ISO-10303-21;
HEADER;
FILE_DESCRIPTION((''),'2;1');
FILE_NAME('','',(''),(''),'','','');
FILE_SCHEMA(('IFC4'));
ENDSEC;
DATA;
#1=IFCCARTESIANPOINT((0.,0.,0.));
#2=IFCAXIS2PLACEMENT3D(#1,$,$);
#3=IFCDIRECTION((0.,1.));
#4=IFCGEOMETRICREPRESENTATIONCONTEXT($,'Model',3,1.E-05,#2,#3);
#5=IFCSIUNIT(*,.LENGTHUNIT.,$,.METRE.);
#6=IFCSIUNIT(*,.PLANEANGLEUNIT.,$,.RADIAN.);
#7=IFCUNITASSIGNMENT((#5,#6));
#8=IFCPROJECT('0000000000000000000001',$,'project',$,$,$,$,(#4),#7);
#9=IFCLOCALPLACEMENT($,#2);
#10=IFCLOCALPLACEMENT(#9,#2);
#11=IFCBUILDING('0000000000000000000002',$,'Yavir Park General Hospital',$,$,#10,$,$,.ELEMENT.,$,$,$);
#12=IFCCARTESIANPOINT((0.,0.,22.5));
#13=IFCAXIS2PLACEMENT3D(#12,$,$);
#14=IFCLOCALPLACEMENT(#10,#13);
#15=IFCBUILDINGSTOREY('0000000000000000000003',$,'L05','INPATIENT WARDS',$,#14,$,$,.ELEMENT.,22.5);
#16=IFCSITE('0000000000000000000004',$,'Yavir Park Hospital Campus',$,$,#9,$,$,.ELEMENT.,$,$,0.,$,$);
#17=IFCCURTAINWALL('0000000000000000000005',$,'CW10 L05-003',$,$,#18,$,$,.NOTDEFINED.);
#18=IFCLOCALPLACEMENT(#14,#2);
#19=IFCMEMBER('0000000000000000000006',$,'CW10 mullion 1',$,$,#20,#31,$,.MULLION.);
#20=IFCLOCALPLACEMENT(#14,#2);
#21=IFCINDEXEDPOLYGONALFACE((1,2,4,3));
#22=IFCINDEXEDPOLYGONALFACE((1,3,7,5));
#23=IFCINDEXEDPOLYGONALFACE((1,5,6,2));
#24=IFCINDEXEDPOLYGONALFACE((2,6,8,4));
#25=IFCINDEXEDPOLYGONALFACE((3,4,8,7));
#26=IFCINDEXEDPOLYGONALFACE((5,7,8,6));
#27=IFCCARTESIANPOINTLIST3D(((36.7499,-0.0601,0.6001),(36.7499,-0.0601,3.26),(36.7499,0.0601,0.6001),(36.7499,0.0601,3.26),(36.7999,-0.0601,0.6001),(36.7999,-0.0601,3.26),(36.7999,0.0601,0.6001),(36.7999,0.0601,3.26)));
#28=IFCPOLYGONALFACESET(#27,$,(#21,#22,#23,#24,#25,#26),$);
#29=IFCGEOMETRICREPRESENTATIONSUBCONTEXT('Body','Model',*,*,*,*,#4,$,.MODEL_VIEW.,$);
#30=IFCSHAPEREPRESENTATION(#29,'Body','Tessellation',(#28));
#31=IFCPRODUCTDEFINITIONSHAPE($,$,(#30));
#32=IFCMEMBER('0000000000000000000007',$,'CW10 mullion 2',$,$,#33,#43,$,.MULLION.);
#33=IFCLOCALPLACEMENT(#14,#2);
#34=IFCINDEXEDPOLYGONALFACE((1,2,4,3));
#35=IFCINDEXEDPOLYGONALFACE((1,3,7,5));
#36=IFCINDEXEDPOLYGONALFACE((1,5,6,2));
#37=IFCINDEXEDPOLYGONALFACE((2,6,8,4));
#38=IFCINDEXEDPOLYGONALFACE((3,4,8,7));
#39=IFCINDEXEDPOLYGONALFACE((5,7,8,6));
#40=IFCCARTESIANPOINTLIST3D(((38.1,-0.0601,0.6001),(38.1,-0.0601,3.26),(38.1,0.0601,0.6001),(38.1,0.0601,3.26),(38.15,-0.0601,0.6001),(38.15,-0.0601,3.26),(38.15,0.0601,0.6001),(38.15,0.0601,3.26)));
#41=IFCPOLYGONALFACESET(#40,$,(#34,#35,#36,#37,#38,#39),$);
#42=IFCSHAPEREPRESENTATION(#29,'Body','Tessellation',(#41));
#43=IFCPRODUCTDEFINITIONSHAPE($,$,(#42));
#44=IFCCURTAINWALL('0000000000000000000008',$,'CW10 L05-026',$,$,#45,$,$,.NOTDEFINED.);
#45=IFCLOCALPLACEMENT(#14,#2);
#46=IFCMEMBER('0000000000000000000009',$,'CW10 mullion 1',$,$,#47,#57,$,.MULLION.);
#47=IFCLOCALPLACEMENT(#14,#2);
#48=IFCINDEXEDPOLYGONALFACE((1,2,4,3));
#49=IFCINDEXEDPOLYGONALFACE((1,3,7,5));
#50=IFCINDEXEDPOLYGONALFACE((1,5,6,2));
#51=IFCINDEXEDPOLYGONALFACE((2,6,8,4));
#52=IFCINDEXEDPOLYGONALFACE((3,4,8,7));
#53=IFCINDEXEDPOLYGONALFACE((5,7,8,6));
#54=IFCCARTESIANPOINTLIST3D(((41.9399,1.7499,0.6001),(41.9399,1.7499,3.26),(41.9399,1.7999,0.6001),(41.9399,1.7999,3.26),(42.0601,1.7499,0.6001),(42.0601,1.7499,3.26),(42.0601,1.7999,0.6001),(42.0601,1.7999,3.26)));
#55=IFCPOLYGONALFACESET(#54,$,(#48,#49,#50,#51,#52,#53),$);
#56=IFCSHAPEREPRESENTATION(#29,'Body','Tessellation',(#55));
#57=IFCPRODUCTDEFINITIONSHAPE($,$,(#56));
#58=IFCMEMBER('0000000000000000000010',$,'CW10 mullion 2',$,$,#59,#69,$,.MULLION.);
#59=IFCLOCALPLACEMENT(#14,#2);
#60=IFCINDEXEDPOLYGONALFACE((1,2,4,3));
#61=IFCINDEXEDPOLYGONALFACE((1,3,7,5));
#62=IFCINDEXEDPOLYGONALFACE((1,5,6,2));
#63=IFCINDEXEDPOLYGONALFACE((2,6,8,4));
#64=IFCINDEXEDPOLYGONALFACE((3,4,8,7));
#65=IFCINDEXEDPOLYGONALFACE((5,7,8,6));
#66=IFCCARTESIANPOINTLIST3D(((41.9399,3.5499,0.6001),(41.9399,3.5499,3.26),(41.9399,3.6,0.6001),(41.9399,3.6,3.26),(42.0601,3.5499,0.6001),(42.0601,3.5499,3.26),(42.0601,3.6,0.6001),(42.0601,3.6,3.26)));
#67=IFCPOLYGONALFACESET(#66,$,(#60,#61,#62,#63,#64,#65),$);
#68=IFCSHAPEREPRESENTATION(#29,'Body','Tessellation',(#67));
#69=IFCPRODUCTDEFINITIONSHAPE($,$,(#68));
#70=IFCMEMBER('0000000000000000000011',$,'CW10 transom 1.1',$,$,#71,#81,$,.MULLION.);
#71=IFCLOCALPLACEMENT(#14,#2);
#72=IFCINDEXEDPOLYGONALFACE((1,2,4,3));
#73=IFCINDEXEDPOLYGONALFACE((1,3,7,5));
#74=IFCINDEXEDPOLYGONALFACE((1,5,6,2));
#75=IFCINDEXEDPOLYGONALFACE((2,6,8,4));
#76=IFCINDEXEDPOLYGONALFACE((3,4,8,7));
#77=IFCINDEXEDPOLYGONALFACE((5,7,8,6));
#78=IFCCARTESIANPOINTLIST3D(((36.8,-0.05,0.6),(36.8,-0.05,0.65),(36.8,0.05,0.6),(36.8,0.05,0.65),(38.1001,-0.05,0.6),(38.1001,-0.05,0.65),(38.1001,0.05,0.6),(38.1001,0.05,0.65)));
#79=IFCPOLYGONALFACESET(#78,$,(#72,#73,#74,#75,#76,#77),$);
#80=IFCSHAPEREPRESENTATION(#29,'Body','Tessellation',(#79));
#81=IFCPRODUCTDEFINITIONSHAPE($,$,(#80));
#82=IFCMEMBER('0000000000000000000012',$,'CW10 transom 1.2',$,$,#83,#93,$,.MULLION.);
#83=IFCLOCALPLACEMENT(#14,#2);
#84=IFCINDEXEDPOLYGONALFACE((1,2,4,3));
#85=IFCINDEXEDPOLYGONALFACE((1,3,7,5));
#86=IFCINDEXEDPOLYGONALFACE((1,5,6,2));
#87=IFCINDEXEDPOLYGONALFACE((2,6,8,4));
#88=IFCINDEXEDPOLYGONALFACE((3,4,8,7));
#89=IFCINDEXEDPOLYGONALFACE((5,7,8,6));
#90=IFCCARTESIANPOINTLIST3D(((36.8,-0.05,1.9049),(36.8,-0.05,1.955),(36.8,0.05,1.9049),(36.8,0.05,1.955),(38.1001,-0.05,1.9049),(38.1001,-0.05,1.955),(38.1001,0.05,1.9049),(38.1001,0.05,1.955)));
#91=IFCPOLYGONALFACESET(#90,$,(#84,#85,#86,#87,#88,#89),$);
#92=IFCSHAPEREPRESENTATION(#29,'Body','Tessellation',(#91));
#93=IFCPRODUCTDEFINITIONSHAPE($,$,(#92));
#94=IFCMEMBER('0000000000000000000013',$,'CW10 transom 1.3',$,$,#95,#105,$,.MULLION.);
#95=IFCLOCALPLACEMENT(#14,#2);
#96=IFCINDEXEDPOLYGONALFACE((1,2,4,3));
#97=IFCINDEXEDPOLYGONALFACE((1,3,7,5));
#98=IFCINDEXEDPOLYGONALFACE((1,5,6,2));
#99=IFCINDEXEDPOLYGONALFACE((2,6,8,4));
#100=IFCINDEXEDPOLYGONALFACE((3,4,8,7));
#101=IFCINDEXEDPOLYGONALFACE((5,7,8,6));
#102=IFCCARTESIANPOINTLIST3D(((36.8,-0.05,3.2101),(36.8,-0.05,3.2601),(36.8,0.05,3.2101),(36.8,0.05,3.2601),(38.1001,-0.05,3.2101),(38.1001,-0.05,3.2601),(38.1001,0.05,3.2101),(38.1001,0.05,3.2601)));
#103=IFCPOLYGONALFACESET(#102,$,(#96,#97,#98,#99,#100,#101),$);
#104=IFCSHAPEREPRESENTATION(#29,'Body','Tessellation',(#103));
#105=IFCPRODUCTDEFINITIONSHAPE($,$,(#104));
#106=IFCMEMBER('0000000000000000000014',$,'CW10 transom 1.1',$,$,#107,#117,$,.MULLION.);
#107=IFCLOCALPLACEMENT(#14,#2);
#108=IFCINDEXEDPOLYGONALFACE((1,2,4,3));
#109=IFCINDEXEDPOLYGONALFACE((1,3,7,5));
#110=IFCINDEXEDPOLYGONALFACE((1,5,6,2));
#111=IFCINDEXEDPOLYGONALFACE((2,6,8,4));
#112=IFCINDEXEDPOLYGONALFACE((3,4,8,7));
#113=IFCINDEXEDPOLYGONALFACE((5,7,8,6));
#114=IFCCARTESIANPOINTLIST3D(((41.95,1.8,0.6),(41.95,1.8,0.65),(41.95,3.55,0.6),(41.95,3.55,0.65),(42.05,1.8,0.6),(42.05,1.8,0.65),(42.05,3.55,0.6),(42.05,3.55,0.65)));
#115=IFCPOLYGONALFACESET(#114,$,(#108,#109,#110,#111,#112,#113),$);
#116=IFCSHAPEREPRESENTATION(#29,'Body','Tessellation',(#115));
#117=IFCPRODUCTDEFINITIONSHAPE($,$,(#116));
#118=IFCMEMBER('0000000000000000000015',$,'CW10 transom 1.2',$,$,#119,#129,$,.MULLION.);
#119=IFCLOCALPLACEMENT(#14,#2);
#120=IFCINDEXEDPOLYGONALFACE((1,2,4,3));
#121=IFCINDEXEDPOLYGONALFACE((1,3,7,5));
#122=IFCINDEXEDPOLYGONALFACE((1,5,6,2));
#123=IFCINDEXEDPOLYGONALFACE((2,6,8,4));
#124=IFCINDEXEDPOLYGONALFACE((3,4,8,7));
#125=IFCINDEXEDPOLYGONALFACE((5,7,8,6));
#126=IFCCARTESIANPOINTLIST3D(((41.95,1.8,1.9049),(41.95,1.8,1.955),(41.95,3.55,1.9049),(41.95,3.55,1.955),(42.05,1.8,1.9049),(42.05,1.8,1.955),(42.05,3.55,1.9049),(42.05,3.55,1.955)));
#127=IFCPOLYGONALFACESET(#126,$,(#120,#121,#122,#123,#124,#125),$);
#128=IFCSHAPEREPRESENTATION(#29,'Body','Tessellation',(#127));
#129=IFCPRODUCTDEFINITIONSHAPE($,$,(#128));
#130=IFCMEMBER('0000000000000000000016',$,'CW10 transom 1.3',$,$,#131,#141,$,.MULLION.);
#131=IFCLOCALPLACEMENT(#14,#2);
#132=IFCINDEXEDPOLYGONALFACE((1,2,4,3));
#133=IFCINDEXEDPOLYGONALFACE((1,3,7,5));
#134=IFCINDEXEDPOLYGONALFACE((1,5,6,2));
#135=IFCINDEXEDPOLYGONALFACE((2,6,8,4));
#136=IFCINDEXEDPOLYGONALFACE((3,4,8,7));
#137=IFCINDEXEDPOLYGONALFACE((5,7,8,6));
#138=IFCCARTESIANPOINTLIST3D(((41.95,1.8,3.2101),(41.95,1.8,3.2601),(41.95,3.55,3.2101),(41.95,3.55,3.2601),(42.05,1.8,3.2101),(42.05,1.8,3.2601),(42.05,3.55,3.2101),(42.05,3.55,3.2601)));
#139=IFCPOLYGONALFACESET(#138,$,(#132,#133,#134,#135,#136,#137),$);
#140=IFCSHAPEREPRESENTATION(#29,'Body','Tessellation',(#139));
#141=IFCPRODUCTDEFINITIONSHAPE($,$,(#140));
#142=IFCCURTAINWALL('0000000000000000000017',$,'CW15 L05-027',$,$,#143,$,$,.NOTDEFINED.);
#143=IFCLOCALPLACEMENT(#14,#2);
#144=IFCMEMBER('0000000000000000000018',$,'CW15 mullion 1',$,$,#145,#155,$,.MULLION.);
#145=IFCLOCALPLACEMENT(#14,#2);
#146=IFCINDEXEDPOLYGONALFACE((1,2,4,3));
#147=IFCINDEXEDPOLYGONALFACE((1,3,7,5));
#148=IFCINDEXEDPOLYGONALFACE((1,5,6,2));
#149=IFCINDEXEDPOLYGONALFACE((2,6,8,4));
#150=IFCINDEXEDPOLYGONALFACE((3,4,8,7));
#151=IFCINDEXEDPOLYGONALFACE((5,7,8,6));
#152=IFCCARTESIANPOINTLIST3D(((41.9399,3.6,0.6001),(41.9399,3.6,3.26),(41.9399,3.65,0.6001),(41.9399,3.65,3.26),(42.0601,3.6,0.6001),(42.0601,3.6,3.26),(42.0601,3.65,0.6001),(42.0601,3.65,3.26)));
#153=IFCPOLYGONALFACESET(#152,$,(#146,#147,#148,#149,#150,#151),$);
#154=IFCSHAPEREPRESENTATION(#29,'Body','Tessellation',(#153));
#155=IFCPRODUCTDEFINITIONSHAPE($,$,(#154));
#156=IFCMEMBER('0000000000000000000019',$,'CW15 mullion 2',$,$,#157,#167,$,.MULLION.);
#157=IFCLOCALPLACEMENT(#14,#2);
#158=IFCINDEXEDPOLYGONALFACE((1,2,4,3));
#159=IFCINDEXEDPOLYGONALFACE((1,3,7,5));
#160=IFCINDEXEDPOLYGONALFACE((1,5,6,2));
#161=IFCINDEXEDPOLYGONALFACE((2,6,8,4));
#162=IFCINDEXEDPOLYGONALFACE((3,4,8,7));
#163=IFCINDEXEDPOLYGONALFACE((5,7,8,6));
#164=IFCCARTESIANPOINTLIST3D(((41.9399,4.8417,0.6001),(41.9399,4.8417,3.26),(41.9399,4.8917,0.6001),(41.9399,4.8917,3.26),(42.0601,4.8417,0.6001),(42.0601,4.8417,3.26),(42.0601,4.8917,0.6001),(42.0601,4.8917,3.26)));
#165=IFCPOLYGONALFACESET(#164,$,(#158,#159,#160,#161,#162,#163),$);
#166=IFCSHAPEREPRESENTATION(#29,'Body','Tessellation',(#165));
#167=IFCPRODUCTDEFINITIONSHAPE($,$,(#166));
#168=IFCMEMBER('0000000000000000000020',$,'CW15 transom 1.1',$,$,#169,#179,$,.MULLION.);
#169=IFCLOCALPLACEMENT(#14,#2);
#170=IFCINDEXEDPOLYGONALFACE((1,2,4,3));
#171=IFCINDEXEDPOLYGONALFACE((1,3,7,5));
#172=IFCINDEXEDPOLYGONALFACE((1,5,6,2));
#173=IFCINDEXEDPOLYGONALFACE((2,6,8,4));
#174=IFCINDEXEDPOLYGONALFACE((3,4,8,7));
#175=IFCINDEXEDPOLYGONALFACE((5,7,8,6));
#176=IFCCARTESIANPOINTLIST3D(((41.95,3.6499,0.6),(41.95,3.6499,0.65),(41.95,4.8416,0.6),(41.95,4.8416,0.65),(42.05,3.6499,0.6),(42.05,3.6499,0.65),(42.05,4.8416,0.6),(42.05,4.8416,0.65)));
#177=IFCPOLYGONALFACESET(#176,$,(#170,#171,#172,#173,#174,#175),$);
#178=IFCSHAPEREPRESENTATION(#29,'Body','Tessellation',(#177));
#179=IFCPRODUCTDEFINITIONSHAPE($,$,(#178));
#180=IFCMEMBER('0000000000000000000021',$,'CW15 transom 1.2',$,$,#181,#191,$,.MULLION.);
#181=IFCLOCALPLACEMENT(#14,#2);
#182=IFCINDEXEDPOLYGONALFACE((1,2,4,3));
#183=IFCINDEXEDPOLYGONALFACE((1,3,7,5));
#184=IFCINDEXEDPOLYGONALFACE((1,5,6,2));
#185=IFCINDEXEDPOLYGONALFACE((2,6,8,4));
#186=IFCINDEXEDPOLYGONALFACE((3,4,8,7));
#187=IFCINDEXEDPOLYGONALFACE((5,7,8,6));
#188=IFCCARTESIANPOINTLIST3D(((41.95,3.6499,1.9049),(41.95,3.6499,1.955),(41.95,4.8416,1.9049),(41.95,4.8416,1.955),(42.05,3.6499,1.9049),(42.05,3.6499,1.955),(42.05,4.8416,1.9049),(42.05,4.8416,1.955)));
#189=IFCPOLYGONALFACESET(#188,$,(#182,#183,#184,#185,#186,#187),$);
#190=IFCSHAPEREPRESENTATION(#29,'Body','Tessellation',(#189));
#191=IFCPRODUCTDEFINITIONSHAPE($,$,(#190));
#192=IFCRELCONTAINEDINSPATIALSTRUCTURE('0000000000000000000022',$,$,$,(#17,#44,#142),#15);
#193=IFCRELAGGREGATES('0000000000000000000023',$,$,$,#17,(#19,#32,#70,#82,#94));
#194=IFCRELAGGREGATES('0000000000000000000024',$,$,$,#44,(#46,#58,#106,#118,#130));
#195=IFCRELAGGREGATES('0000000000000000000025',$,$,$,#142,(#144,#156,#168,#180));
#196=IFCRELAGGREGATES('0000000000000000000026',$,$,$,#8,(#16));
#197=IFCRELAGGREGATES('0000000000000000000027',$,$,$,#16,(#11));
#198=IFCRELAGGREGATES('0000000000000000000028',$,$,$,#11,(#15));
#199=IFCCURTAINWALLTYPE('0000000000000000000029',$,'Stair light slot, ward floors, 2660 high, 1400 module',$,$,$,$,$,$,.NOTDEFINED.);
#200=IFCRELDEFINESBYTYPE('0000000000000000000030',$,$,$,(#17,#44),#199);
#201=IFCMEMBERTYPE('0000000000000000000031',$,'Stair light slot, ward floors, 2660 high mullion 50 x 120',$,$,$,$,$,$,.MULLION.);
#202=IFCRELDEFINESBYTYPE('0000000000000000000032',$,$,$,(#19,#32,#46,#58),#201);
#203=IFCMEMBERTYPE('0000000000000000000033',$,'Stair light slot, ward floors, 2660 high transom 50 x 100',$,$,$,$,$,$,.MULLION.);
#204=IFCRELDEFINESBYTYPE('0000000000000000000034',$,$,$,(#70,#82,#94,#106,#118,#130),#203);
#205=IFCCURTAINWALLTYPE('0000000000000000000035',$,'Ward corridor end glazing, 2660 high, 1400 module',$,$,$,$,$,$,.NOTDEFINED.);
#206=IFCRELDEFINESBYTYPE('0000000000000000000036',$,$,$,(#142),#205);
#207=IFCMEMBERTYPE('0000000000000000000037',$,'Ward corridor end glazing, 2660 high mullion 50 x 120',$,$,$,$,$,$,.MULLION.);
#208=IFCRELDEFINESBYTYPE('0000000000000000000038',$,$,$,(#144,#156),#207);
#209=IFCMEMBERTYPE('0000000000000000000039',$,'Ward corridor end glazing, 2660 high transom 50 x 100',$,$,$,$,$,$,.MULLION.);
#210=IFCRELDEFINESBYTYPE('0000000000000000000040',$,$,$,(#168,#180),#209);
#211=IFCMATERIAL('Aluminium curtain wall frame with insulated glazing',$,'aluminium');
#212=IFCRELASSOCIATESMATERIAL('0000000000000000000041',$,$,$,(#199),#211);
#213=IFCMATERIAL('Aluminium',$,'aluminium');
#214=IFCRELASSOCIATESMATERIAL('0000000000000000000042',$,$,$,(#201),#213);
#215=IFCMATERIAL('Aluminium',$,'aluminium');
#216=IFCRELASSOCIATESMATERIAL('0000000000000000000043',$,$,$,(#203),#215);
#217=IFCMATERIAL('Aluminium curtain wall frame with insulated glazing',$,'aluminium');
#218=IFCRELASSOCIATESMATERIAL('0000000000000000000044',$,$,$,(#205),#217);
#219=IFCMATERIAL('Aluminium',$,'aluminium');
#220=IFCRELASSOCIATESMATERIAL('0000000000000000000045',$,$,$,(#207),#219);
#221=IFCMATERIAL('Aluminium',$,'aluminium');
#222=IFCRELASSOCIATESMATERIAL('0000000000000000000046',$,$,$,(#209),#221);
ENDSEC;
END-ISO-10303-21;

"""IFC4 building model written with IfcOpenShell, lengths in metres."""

from ifc_helpers import new_model, si_unit, direction, frame, origin, origin_2d, place, context, subcontext, project, spatial, rectangle, extrude, material, material_profile, profile_set, type_object, element, aggregate, save


model = new_model("IFC4")

# Units and contexts
model_context = context("Model", 3, precision=1e-05, world=origin(), true_north=direction((0.0, 1.0)))
body_context = subcontext(model_context, "Body", "Model", "MODEL_VIEW")
ifc_project = project(units=[si_unit("LENGTHUNIT", "METRE"), si_unit("PLANEANGLEUNIT", "RADIAN")], contexts=[model_context])

# Site, building, storey
site_placement = place(None, origin())
site = spatial("IfcSite", under=ifc_project, at=site_placement, Name="Yavir Park Hospital Campus", CompositionType="ELEMENT", RefElevation=0.0)
building_placement = place(site_placement, origin())
building = spatial("IfcBuilding", under=site, at=building_placement, Name="Yavir Park General Hospital", CompositionType="ELEMENT")
storey_placement = place(building_placement, frame((0.0, 0.0, 22.5)))
storey = spatial("IfcBuildingStorey", under=building, at=storey_placement, Name="L05", Description="INPATIENT WARDS", CompositionType="ELEMENT", Elevation=22.5)

# Curtain walls, members
ifc_material_1 = material(Name="Aluminium curtain wall frame with insulated glazing", Category="aluminium")
curtain_wall_type_1 = type_object("IfcCurtainWallType", Name="Stair light slot, ward floors, 2660 high, 1400 module", PredefinedType="NOTDEFINED", material=ifc_material_1)
curtain_wall_1_placement = place(storey_placement, origin())
curtain_wall_1 = element("IfcCurtainWall", 1, at=curtain_wall_1_placement, inside=storey, type_object=curtain_wall_type_1, Name="CW10 L05-003", PredefinedType="NOTDEFINED")
ifc_material_2 = material(Name="Aluminium", Category="aluminium")
ifc_material_profile_1 = material_profile(ifc_material_2, rectangle(XDim=0.1201, YDim=0.05, at=origin_2d()), Name="AL 50x120")
ifc_profile_set_1 = profile_set([ifc_material_profile_1], Name="Aluminium")
member_type_1 = type_object("IfcMemberType", Name="Stair light slot, ward floors, 2660 high mullion 50 x 120", PredefinedType="MULLION", material=ifc_profile_set_1)
member_1_placement = place(storey_placement, frame((36.7749, 0.0, 0.6001), z_axis=(0.0, 0.0, 1.0), x_axis=(0.0, 1.0, 0.0)))
member_1 = element("IfcMember", 2, at=member_1_placement, type_object=member_type_1, Name="CW10 mullion 1", PredefinedType="MULLION", context=body_context, shape_type="SweptSolid", body=[
    extrude(rectangle(XDim=0.1201, YDim=0.05, at=origin_2d()), origin(), (0.0, 0.0, 1.0), 2.6599),
])
member_2_placement = place(storey_placement, frame((38.125, 0.0, 0.6001), z_axis=(0.0, 0.0, 1.0), x_axis=(0.0, 1.0, 0.0)))
member_2 = element("IfcMember", 3, at=member_2_placement, type_object=member_type_1, Name="CW10 mullion 2", PredefinedType="MULLION", context=body_context, shape_type="SweptSolid", body=[
    extrude(rectangle(XDim=0.1201, YDim=0.05, at=origin_2d()), origin(), (0.0, 0.0, 1.0), 2.6599),
])
curtain_wall_2_placement = place(storey_placement, origin())
curtain_wall_2 = element("IfcCurtainWall", 4, at=curtain_wall_2_placement, inside=storey, type_object=curtain_wall_type_1, Name="CW10 L05-026", PredefinedType="NOTDEFINED")
member_3_placement = place(storey_placement, frame((42.0, 1.7749, 0.6001), z_axis=(0.0, 0.0, 1.0), x_axis=(-1.0, 0.0, 0.0)))
member_3 = element("IfcMember", 5, at=member_3_placement, type_object=member_type_1, Name="CW10 mullion 1", PredefinedType="MULLION", context=body_context, shape_type="SweptSolid", body=[
    extrude(rectangle(XDim=0.1201, YDim=0.05, at=origin_2d()), origin(), (0.0, 0.0, 1.0), 2.6599),
])
member_4_placement = place(storey_placement, frame((42.0, 3.575, 0.6001), z_axis=(0.0, 0.0, 1.0), x_axis=(-1.0, 0.0, 0.0)))
member_4 = element("IfcMember", 6, at=member_4_placement, type_object=member_type_1, Name="CW10 mullion 2", PredefinedType="MULLION", context=body_context, shape_type="SweptSolid", body=[
    extrude(rectangle(XDim=0.1201, YDim=0.05, at=origin_2d()), origin(), (0.0, 0.0, 1.0), 2.6599),
])

# Members
ifc_material_3 = material(Name="Aluminium", Category="aluminium")
ifc_material_profile_2 = material_profile(ifc_material_3, rectangle(XDim=0.1001, YDim=0.05, at=origin_2d()), Name="AL 100x50")
ifc_profile_set_2 = profile_set([ifc_material_profile_2], Name="Aluminium")
member_type_2 = type_object("IfcMemberType", Name="Stair light slot, ward floors, 2660 high transom 50 x 100", PredefinedType="MULLION", material=ifc_profile_set_2)
member_5_placement = place(storey_placement, frame((36.8, 0.0, 0.625), z_axis=(1.0, 0.0, 0.0), x_axis=(0.0, 1.0, 0.0)))
member_5 = element("IfcMember", 7, at=member_5_placement, type_object=member_type_2, Name="CW10 transom 1.1", PredefinedType="MULLION", context=body_context, shape_type="SweptSolid", body=[
    extrude(rectangle(XDim=0.1001, YDim=0.05, at=origin_2d()), origin(), (0.0, 0.0, 1.0), 1.3),
])
member_6_placement = place(storey_placement, frame((36.8, 0.0, 1.9299), z_axis=(1.0, 0.0, 0.0), x_axis=(0.0, 1.0, 0.0)))
member_6 = element("IfcMember", 8, at=member_6_placement, type_object=member_type_2, Name="CW10 transom 1.2", PredefinedType="MULLION", context=body_context, shape_type="SweptSolid", body=[
    extrude(rectangle(XDim=0.1001, YDim=0.05, at=origin_2d()), origin(), (0.0, 0.0, 1.0), 1.3),
])
member_7_placement = place(storey_placement, frame((36.8, 0.0, 3.2351), z_axis=(1.0, 0.0, 0.0), x_axis=(0.0, 1.0, 0.0)))
member_7 = element("IfcMember", 9, at=member_7_placement, type_object=member_type_2, Name="CW10 transom 1.3", PredefinedType="MULLION", context=body_context, shape_type="SweptSolid", body=[
    extrude(rectangle(XDim=0.1001, YDim=0.05, at=origin_2d()), origin(), (0.0, 0.0, 1.0), 1.3),
])
member_8_placement = place(storey_placement, frame((42.0, 1.8, 0.625), z_axis=(0.0, 1.0, 0.0), x_axis=(-1.0, 0.0, 0.0)))
member_8 = element("IfcMember", 10, at=member_8_placement, type_object=member_type_2, Name="CW10 transom 1.1", PredefinedType="MULLION", context=body_context, shape_type="SweptSolid", body=[
    extrude(rectangle(XDim=0.1001, YDim=0.05, at=origin_2d()), origin(), (0.0, 0.0, 1.0), 1.75),
])
member_9_placement = place(storey_placement, frame((42.0, 1.8, 1.9299), z_axis=(0.0, 1.0, 0.0), x_axis=(-1.0, 0.0, 0.0)))
member_9 = element("IfcMember", 11, at=member_9_placement, type_object=member_type_2, Name="CW10 transom 1.2", PredefinedType="MULLION", context=body_context, shape_type="SweptSolid", body=[
    extrude(rectangle(XDim=0.1001, YDim=0.05, at=origin_2d()), origin(), (0.0, 0.0, 1.0), 1.75),
])
member_10_placement = place(storey_placement, frame((42.0, 1.8, 3.2351), z_axis=(0.0, 1.0, 0.0), x_axis=(-1.0, 0.0, 0.0)))
member_10 = element("IfcMember", 12, at=member_10_placement, type_object=member_type_2, Name="CW10 transom 1.3", PredefinedType="MULLION", context=body_context, shape_type="SweptSolid", body=[
    extrude(rectangle(XDim=0.1001, YDim=0.05, at=origin_2d()), origin(), (0.0, 0.0, 1.0), 1.75),
])

# Curtain wall, members
ifc_material_4 = material(Name="Aluminium curtain wall frame with insulated glazing", Category="aluminium")
curtain_wall_type_2 = type_object("IfcCurtainWallType", Name="Ward corridor end glazing, 2660 high, 1400 module", PredefinedType="NOTDEFINED", material=ifc_material_4)
curtain_wall_3_placement = place(storey_placement, origin())
curtain_wall_3 = element("IfcCurtainWall", 13, at=curtain_wall_3_placement, inside=storey, type_object=curtain_wall_type_2, Name="CW15 L05-027", PredefinedType="NOTDEFINED")
ifc_material_5 = material(Name="Aluminium", Category="aluminium")
ifc_material_profile_3 = material_profile(ifc_material_5, rectangle(XDim=0.1201, YDim=0.05, at=origin_2d()), Name="AL 50x120")
ifc_profile_set_3 = profile_set([ifc_material_profile_3], Name="Aluminium")
member_type_3 = type_object("IfcMemberType", Name="Ward corridor end glazing, 2660 high mullion 50 x 120", PredefinedType="MULLION", material=ifc_profile_set_3)
member_11_placement = place(storey_placement, frame((42.0, 3.625, 0.6001), z_axis=(0.0, 0.0, 1.0), x_axis=(-1.0, 0.0, 0.0)))
member_11 = element("IfcMember", 14, at=member_11_placement, type_object=member_type_3, Name="CW15 mullion 1", PredefinedType="MULLION", context=body_context, shape_type="SweptSolid", body=[
    extrude(rectangle(XDim=0.1201, YDim=0.05, at=origin_2d()), origin(), (0.0, 0.0, 1.0), 2.6599),
])
member_12_placement = place(storey_placement, frame((42.0, 4.8667, 0.6001), z_axis=(0.0, 0.0, 1.0), x_axis=(-1.0, 0.0, 0.0)))
member_12 = element("IfcMember", 15, at=member_12_placement, type_object=member_type_3, Name="CW15 mullion 2", PredefinedType="MULLION", context=body_context, shape_type="SweptSolid", body=[
    extrude(rectangle(XDim=0.1201, YDim=0.05, at=origin_2d()), origin(), (0.0, 0.0, 1.0), 2.6599),
])
ifc_material_6 = material(Name="Aluminium", Category="aluminium")
ifc_material_profile_4 = material_profile(ifc_material_6, rectangle(XDim=0.1001, YDim=0.05, at=origin_2d()), Name="AL 100x50")
ifc_profile_set_4 = profile_set([ifc_material_profile_4], Name="Aluminium")
member_type_4 = type_object("IfcMemberType", Name="Ward corridor end glazing, 2660 high transom 50 x 100", PredefinedType="MULLION", material=ifc_profile_set_4)
member_13_placement = place(storey_placement, frame((42.0, 3.6499, 0.625), z_axis=(0.0, 1.0, 0.0), x_axis=(-1.0, 0.0, 0.0)))
member_13 = element("IfcMember", 16, at=member_13_placement, type_object=member_type_4, Name="CW15 transom 1.1", PredefinedType="MULLION", context=body_context, shape_type="SweptSolid", body=[
    extrude(rectangle(XDim=0.1001, YDim=0.05, at=origin_2d()), origin(), (0.0, 0.0, 1.0), 1.1917),
])
member_14_placement = place(storey_placement, frame((42.0, 3.6499, 1.9299), z_axis=(0.0, 1.0, 0.0), x_axis=(-1.0, 0.0, 0.0)))
member_14 = element("IfcMember", 17, at=member_14_placement, type_object=member_type_4, Name="CW15 transom 1.2", PredefinedType="MULLION", context=body_context, shape_type="SweptSolid", body=[
    extrude(rectangle(XDim=0.1001, YDim=0.05, at=origin_2d()), origin(), (0.0, 0.0, 1.0), 1.1917),
])

aggregate(curtain_wall_1, [member_1, member_2, member_5, member_6, member_7])
aggregate(curtain_wall_2, [member_3, member_4, member_8, member_9, member_10])
aggregate(curtain_wall_3, [member_11, member_12, member_13, member_14])

save(model, "model.ifc")
